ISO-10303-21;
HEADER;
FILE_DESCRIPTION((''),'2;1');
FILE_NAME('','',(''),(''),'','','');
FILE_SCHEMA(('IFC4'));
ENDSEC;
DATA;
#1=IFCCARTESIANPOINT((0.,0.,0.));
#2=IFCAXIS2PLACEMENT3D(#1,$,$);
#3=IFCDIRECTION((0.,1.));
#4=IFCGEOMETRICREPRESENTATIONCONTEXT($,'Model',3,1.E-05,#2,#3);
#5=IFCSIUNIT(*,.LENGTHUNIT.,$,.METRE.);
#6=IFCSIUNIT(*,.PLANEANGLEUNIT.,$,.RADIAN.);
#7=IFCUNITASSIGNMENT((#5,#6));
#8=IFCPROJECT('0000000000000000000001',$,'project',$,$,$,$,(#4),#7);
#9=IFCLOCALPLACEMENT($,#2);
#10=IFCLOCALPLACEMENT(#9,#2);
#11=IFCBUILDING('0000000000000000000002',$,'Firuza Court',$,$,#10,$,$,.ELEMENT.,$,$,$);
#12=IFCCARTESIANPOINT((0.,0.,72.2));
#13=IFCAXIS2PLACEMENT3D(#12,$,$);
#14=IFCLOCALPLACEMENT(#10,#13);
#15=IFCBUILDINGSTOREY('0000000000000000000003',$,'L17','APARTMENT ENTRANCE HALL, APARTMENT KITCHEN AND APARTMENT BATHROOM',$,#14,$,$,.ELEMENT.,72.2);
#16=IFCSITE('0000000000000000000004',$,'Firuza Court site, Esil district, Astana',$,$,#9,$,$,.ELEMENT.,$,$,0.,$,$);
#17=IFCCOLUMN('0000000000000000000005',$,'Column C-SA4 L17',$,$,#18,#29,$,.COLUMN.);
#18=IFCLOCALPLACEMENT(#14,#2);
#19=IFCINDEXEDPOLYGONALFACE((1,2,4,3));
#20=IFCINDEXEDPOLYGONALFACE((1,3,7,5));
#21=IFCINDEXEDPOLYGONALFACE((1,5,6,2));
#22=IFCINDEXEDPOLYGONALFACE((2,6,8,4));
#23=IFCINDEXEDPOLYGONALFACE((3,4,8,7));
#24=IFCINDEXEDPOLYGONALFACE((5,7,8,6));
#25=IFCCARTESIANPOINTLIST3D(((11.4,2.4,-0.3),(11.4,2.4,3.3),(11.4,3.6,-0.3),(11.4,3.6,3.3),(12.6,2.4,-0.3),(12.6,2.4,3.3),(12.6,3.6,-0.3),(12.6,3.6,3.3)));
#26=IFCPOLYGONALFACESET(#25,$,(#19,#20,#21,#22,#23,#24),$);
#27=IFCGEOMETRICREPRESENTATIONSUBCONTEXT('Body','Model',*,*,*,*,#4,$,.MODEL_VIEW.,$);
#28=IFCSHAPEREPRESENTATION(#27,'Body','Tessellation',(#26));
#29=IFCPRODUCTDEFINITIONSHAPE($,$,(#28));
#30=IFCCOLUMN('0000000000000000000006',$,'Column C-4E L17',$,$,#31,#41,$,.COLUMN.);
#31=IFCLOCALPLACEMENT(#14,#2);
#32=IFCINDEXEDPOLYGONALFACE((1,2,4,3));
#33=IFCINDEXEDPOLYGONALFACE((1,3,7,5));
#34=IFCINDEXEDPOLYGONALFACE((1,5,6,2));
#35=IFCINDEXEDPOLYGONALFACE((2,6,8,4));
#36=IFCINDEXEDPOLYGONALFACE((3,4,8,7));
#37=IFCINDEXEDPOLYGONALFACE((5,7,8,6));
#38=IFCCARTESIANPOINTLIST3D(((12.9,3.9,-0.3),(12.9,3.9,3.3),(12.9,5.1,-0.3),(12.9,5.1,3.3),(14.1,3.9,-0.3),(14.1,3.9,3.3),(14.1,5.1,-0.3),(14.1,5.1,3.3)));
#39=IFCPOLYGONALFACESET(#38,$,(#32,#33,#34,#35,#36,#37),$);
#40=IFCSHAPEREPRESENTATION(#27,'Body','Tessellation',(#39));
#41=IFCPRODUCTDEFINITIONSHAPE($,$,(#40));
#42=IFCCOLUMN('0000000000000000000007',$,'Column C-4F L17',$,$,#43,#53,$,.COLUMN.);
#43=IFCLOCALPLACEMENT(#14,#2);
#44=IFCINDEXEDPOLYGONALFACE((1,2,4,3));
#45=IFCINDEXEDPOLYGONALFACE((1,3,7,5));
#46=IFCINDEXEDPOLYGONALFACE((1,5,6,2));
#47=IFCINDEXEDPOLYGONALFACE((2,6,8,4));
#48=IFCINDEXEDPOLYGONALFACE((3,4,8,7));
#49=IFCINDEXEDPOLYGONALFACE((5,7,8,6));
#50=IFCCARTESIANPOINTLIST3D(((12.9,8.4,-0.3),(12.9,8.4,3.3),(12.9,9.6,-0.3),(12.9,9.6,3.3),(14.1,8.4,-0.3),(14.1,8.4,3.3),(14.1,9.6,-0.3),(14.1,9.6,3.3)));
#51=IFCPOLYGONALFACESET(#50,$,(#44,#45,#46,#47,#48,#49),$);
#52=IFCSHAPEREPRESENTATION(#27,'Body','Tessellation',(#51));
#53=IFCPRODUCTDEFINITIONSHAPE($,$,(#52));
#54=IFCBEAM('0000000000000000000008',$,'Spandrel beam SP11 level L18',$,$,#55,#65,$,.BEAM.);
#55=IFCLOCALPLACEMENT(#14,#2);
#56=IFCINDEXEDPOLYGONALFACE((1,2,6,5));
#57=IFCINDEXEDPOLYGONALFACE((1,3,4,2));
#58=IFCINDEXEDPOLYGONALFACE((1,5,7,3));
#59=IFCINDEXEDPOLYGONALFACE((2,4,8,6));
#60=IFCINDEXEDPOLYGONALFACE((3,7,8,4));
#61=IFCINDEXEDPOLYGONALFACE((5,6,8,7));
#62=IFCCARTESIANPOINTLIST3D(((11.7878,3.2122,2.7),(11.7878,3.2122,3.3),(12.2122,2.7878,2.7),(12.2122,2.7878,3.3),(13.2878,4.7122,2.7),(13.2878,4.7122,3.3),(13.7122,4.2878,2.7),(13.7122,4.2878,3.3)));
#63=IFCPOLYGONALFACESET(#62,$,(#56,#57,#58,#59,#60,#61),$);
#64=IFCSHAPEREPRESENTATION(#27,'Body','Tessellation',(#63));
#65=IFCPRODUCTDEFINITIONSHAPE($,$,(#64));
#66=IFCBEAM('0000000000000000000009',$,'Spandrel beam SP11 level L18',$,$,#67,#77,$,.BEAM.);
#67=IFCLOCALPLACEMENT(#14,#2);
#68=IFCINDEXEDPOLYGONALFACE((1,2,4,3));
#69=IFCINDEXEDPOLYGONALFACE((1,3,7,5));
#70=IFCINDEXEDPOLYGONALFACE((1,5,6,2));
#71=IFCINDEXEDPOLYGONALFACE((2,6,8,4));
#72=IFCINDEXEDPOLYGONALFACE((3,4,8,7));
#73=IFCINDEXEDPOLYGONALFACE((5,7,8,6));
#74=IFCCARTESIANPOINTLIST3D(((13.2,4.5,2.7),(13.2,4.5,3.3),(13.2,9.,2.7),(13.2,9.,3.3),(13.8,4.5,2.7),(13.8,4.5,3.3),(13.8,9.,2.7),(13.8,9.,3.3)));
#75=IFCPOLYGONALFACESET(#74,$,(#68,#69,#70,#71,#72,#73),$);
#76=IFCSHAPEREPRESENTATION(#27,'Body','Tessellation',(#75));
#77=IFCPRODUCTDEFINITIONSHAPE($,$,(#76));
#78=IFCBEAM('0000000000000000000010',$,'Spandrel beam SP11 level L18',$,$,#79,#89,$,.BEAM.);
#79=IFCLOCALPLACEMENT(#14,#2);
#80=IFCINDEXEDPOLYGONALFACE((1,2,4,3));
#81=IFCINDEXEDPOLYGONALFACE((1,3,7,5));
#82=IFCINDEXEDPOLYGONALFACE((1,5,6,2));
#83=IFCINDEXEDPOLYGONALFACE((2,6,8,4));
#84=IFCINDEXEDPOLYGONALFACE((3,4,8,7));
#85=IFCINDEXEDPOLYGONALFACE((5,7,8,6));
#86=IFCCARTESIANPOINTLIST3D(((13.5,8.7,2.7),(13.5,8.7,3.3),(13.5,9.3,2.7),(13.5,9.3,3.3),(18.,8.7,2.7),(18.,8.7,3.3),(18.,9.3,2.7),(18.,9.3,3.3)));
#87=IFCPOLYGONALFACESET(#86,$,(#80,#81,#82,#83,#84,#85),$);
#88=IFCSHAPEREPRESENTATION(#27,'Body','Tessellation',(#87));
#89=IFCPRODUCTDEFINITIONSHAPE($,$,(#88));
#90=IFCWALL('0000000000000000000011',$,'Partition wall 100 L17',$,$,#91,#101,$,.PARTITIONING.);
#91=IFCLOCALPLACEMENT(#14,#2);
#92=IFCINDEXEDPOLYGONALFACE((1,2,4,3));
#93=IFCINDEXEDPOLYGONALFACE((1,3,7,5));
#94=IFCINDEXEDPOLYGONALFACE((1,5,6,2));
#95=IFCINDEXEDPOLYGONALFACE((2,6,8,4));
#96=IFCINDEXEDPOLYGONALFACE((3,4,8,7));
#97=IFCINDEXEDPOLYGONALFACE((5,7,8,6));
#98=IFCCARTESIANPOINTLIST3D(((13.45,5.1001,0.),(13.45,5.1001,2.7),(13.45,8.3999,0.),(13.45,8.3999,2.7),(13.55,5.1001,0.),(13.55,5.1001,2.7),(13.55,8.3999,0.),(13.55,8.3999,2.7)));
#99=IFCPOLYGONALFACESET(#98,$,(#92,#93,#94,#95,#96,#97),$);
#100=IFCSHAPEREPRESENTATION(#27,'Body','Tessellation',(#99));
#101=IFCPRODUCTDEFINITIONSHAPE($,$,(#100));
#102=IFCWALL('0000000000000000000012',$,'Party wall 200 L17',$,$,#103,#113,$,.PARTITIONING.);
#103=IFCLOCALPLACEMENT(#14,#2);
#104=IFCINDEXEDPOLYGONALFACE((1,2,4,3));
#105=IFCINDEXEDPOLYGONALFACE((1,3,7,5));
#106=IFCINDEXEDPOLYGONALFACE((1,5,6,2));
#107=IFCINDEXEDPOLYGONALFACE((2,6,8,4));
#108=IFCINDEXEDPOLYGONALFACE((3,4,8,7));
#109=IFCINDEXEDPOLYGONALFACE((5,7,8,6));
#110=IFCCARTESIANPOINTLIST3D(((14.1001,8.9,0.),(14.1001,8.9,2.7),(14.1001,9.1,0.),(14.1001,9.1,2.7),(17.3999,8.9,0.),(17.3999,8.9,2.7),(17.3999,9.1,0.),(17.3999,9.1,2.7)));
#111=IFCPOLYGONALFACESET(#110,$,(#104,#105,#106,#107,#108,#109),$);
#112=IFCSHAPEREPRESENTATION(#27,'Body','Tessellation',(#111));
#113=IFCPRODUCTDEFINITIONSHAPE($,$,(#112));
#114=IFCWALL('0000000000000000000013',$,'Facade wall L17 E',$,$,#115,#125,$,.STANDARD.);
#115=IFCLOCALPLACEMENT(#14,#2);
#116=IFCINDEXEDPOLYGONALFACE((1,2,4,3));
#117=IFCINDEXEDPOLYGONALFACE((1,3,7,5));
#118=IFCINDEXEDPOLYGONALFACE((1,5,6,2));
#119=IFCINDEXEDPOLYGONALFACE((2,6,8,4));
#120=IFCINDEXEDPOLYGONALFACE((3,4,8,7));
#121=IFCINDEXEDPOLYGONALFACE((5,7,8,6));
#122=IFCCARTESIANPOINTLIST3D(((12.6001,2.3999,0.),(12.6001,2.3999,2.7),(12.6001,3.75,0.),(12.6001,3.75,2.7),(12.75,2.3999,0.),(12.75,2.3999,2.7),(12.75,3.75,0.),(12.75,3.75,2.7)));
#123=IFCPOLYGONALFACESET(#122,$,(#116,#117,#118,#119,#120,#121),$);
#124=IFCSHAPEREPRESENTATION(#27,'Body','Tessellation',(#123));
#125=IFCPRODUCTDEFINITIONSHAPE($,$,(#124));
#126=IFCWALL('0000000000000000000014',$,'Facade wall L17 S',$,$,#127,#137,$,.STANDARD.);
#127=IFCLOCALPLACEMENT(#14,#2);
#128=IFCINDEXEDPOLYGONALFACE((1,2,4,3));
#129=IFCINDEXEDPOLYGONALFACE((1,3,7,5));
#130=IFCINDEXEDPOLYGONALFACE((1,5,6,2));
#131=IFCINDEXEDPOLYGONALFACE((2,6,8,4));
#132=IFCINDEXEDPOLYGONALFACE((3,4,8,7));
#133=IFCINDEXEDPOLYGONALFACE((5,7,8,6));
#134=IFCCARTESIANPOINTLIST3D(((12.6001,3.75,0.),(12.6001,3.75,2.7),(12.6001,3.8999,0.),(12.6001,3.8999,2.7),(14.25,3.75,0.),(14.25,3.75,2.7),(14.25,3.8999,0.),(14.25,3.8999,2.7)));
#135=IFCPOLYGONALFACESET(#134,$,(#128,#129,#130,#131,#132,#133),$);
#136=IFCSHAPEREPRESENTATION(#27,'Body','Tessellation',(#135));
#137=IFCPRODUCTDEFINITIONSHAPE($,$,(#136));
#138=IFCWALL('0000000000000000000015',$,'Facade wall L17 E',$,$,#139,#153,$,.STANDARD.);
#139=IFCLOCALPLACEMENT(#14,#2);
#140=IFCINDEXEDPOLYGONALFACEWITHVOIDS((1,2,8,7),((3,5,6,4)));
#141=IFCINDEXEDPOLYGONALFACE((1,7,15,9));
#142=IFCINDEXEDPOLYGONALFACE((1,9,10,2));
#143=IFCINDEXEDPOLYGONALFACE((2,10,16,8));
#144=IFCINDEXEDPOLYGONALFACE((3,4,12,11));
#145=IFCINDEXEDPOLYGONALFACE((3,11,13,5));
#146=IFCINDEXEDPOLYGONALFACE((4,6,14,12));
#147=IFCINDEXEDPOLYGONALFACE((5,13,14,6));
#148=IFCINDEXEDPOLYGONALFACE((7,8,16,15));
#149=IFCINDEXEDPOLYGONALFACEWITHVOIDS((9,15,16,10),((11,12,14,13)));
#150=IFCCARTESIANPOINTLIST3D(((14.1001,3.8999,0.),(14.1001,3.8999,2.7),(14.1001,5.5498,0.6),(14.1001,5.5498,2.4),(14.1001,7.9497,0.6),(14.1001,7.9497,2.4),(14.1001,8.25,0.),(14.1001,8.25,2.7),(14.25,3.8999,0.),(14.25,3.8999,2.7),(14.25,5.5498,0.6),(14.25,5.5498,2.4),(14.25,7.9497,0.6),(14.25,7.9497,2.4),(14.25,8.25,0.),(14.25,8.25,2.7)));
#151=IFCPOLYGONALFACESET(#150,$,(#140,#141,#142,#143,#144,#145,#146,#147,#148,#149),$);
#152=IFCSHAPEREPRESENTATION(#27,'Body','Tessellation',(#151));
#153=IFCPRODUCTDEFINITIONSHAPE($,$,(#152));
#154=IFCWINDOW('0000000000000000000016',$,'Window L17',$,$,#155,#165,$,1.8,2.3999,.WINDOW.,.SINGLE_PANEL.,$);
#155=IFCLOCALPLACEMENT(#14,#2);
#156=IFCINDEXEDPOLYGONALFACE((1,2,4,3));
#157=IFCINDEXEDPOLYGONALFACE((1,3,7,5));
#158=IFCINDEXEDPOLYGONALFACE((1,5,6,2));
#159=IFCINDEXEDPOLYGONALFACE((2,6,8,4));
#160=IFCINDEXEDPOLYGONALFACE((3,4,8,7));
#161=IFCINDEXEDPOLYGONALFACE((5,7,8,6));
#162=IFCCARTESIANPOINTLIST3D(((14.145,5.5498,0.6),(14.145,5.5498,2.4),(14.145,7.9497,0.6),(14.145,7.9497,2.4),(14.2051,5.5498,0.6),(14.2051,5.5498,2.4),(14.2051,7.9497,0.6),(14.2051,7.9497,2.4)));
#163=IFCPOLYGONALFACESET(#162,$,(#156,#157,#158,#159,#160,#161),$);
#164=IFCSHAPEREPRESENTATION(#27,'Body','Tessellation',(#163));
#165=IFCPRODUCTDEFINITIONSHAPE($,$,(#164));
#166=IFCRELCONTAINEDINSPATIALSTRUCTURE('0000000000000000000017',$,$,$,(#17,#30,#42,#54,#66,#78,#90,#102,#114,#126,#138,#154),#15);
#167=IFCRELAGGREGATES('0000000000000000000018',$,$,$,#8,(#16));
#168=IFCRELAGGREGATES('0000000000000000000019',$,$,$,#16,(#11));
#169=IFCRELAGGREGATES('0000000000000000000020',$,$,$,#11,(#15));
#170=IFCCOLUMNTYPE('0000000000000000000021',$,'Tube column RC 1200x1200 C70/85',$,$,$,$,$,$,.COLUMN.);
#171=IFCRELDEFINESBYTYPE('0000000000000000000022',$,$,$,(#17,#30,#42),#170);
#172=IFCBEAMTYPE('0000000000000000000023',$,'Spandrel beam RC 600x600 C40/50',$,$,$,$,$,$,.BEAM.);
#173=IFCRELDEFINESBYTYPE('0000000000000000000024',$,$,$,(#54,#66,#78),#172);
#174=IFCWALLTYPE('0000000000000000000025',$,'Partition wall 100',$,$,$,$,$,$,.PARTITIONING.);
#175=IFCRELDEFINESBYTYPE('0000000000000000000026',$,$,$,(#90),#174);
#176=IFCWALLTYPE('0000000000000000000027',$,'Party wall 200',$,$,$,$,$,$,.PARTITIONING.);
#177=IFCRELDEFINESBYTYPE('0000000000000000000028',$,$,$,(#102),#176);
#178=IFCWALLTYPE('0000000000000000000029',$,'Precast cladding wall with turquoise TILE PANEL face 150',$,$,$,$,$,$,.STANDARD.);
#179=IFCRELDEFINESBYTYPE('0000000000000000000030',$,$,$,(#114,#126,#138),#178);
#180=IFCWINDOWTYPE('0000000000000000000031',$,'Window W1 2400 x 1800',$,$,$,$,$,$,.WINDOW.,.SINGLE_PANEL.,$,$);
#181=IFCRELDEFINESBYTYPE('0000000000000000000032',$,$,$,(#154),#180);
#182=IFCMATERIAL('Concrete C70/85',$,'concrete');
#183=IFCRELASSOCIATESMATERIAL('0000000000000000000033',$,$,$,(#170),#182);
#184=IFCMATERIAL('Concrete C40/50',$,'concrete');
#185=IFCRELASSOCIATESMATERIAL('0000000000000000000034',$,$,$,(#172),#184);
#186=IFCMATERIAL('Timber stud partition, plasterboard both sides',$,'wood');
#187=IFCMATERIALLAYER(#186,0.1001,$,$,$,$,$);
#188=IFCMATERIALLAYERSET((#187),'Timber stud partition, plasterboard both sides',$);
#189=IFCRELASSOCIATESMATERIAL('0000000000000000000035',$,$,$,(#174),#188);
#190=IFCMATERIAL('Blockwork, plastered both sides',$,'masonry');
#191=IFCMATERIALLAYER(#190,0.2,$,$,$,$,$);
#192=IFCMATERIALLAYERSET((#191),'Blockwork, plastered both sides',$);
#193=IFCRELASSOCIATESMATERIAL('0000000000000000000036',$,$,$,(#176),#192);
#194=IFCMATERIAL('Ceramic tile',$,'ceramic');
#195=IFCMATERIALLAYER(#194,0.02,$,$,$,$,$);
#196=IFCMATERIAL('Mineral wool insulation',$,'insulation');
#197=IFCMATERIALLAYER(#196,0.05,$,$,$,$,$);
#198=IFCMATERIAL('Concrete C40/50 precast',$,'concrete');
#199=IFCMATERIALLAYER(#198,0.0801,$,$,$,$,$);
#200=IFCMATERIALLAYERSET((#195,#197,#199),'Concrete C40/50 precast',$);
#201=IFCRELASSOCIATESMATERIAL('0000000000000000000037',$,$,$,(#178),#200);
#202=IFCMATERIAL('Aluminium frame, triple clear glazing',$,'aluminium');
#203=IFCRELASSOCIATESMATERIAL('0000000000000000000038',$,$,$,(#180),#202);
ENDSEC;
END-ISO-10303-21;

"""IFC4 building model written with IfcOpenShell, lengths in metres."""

from ifc_helpers import new_model, si_unit, direction, frame, frame_2d, origin, origin_2d, place, context, subcontext, project, spatial, rectangle, extrude, material, layer, layer_set, material_profile, profile_set, type_object, element, fill, save


model = new_model("IFC4")

# Units and contexts
model_context = context("Model", 3, precision=1e-05, world=origin(), true_north=direction((0.0, 1.0)))
body_context = subcontext(model_context, "Body", "Model", "MODEL_VIEW")
ifc_project = project(units=[si_unit("LENGTHUNIT", "METRE"), si_unit("PLANEANGLEUNIT", "RADIAN")], contexts=[model_context])

# Site, building, storey
site_placement = place(None, origin())
site = spatial("IfcSite", under=ifc_project, at=site_placement, Name="Firuza Court site, Esil district, Astana", CompositionType="ELEMENT", RefElevation=0.0)
building_placement = place(site_placement, origin())
building = spatial("IfcBuilding", under=site, at=building_placement, Name="Firuza Court", CompositionType="ELEMENT")
storey_placement = place(building_placement, frame((0.0, 0.0, 72.2)))
storey = spatial("IfcBuildingStorey", under=building, at=storey_placement, Name="L17", Description="APARTMENT ENTRANCE HALL, APARTMENT KITCHEN AND APARTMENT BATHROOM", CompositionType="ELEMENT", Elevation=72.2)

# Columns
ifc_material_1 = material(Name="Concrete C70/85", Category="concrete")
ifc_material_profile_1 = material_profile(ifc_material_1, rectangle(XDim=1.2, YDim=1.2, at=origin_2d()), Name="RC 1200x1200")
ifc_profile_set_1 = profile_set([ifc_material_profile_1], Name="Concrete C70/85")
column_type = type_object("IfcColumnType", Name="Tube column RC 1200x1200 C70/85", PredefinedType="COLUMN", material=ifc_profile_set_1)
for number, where, z_axis, x_axis, name in (
    (1, (12.0, 3.0, -0.3), (0.0, 0.0, 1.0), (1.0, 0.0, 0.0), "Column C-SA4 L17"),
    (2, (13.5, 4.5, -0.3), (0.0, 0.0, 1.0), (1.0, 0.0, 0.0), "Column C-4E L17"),
    (3, (13.5, 9.0, -0.3), (0.0, 0.0, 1.0), (1.0, 0.0, 0.0), "Column C-4F L17"),
):
    element("IfcColumn", number, at=place(storey_placement, frame(where, z_axis=z_axis, x_axis=x_axis)), inside=storey, type_object=column_type, Name=name, PredefinedType="COLUMN", context=body_context, shape_type="SweptSolid", body=[
        extrude(rectangle(XDim=1.2, YDim=1.2, at=origin_2d()), origin(), (0.0, 0.0, 1.0), 3.6001),
    ])

# Beams
ifc_material_2 = material(Name="Concrete C40/50", Category="concrete")
ifc_material_profile_2 = material_profile(ifc_material_2, rectangle(XDim=0.6001, YDim=0.6001, at=origin_2d()), Name="RC 600x600")
ifc_profile_set_2 = profile_set([ifc_material_profile_2], Name="Concrete C40/50")
beam_type = type_object("IfcBeamType", Name="Spandrel beam RC 600x600 C40/50", PredefinedType="BEAM", material=ifc_profile_set_2)
beam_placement = place(storey_placement, frame((12.0, 3.0, 3.0), z_axis=(0.707107, 0.707107, 0.0), x_axis=(-0.707107, 0.707107, 0.0)))
element("IfcBeam", 4, at=beam_placement, inside=storey, type_object=beam_type, Name="Spandrel beam SP11 level L18", PredefinedType="BEAM", context=body_context, shape_type="SweptSolid", body=[
    extrude(rectangle(XDim=0.6001, YDim=0.6001, at=origin_2d()), origin(), (0.0, 0.0, 1.0), 2.1213),
])
for number, where, z_axis, x_axis, name in (
    (5, (13.5, 4.5, 3.0), (0.0, 1.0, 0.0), (-1.0, 0.0, 0.0), "Spandrel beam SP11 level L18"),
    (6, (13.5, 9.0, 3.0), (1.0, 0.0, 0.0), (0.0, 1.0, 0.0), "Spandrel beam SP11 level L18"),
):
    element("IfcBeam", number, at=place(storey_placement, frame(where, z_axis=z_axis, x_axis=x_axis)), inside=storey, type_object=beam_type, Name=name, PredefinedType="BEAM", context=body_context, shape_type="SweptSolid", body=[
        extrude(rectangle(XDim=0.6001, YDim=0.6001, at=origin_2d()), origin(), (0.0, 0.0, 1.0), 4.5),
    ])

# Walls
ifc_material_3 = material(Name="Timber stud partition, plasterboard both sides", Category="wood")
ifc_layer_1 = layer(ifc_material_3, 0.1001)
ifc_layer_set_1 = layer_set([ifc_layer_1], Name="Timber stud partition, plasterboard both sides")
wall_type_1 = type_object("IfcWallType", Name="Partition wall 100", PredefinedType="PARTITIONING", material=ifc_layer_set_1)
wall_1_placement = place(storey_placement, frame((13.5, 5.1001, 0.0), z_axis=(0.0, 0.0, 1.0), x_axis=(0.0, 1.0, 0.0)))
element("IfcWall", 7, at=wall_1_placement, inside=storey, type_object=wall_type_1, Name="Partition wall 100 L17", PredefinedType="PARTITIONING", context=body_context, shape_type="SweptSolid", body=[
    extrude(rectangle(XDim=3.2998, YDim=0.1001, at=frame_2d((1.6499, 0.0))), origin(), (0.0, 0.0, 1.0), 2.7),
])
ifc_material_4 = material(Name="Blockwork, plastered both sides", Category="masonry")
ifc_layer_2 = layer(ifc_material_4, 0.2)
ifc_layer_set_2 = layer_set([ifc_layer_2], Name="Blockwork, plastered both sides")
wall_type_2 = type_object("IfcWallType", Name="Party wall 200", PredefinedType="PARTITIONING", material=ifc_layer_set_2)
wall_2_placement = place(storey_placement, frame((14.1001, 9.0, 0.0), z_axis=(0.0, 0.0, 1.0), x_axis=(1.0, 0.0, 0.0)))
element("IfcWall", 8, at=wall_2_placement, inside=storey, type_object=wall_type_2, Name="Party wall 200 L17", PredefinedType="PARTITIONING", context=body_context, shape_type="SweptSolid", body=[
    extrude(rectangle(XDim=3.2998, YDim=0.2, at=frame_2d((1.6499, 0.0))), origin(), (0.0, 0.0, 1.0), 2.7),
])
ifc_material_5 = material(Name="Ceramic tile", Category="ceramic")
ifc_layer_3 = layer(ifc_material_5, 0.02)
ifc_material_6 = material(Name="Mineral wool insulation", Category="insulation")
ifc_layer_4 = layer(ifc_material_6, 0.05)
ifc_material_7 = material(Name="Concrete C40/50 precast", Category="concrete")
ifc_layer_5 = layer(ifc_material_7, 0.0801)
ifc_layer_set_3 = layer_set([ifc_layer_3, ifc_layer_4, ifc_layer_5], Name="Concrete C40/50 precast")
wall_type_3 = type_object("IfcWallType", Name="Precast cladding wall with turquoise TILE PANEL face 150", PredefinedType="STANDARD", material=ifc_layer_set_3)
wall_3_placement = place(storey_placement, frame((12.675, 2.3999, 0.0), z_axis=(0.0, 0.0, 1.0), x_axis=(0.0, 1.0, 0.0)))
element("IfcWall", 9, at=wall_3_placement, inside=storey, type_object=wall_type_3, Name="Facade wall L17 E", PredefinedType="STANDARD", context=body_context, shape_type="SweptSolid", body=[
    extrude(rectangle(XDim=1.3501, YDim=0.1499, at=frame_2d((0.675, 0.0))), origin(), (0.0, 0.0, 1.0), 2.7),
])
wall_4_placement = place(storey_placement, frame((12.6001, 3.825, 0.0), z_axis=(0.0, 0.0, 1.0), x_axis=(1.0, 0.0, 0.0)))
element("IfcWall", 10, at=wall_4_placement, inside=storey, type_object=wall_type_3, Name="Facade wall L17 S", PredefinedType="STANDARD", context=body_context, shape_type="SweptSolid", body=[
    extrude(rectangle(XDim=1.6499, YDim=0.1499, at=frame_2d((0.825, 0.0))), origin(), (0.0, 0.0, 1.0), 2.7),
])

# Wall, opening, window
wall_5_placement = place(storey_placement, frame((14.175, 3.8999, 0.0), z_axis=(0.0, 0.0, 1.0), x_axis=(0.0, 1.0, 0.0)))
wall_5 = element("IfcWall", 11, at=wall_5_placement, inside=storey, type_object=wall_type_3, Name="Facade wall L17 E", PredefinedType="STANDARD", context=body_context, shape_type="SweptSolid", body=[
    extrude(rectangle(XDim=4.3501, YDim=0.1499, at=frame_2d((2.175, 0.0))), origin(), (0.0, 0.0, 1.0), 2.7),
])
opening_1_placement = place(wall_5_placement, frame((1.6499, 0.0, 0.6001)))
opening_1 = element("IfcOpeningElement", 12, at=opening_1_placement, cuts=wall_5, PredefinedType="OPENING", context=body_context, shape_type="SweptSolid", body=[
    extrude(rectangle(XDim=2.3999, YDim=1.8, at=frame_2d((1.2, 0.8999))), frame((0.0, 0.0869, 0.0), z_axis=(0.0, -1.0, 0.0), x_axis=(1.0, 0.0, 0.0)), (0.0, 0.0, 1.0), 0.1738),
])
ifc_material_8 = material(Name="Aluminium frame, triple clear glazing", Category="aluminium")
window_type_1 = type_object("IfcWindowType", Name="Window W1 2400 x 1800", PartitioningType="SINGLE_PANEL", PredefinedType="WINDOW", material=ifc_material_8)
window_1_placement = place(opening_1_placement, origin())
window_1 = element("IfcWindow", 13, at=window_1_placement, inside=storey, type_object=window_type_1, Name="Window L17", OverallHeight=1.8, OverallWidth=2.3999, PartitioningType="SINGLE_PANEL", PredefinedType="WINDOW", context=body_context, shape_type="SweptSolid", body=[
    extrude(rectangle(XDim=2.3999, YDim=1.8, at=frame_2d((1.2, 0.8999))), frame((0.0, 0.03, 0.0), z_axis=(0.0, -1.0, 0.0), x_axis=(1.0, 0.0, 0.0)), (0.0, 0.0, 1.0), 0.0601),
])
fill(opening_1, window_1)

save(model, "model.ifc")
